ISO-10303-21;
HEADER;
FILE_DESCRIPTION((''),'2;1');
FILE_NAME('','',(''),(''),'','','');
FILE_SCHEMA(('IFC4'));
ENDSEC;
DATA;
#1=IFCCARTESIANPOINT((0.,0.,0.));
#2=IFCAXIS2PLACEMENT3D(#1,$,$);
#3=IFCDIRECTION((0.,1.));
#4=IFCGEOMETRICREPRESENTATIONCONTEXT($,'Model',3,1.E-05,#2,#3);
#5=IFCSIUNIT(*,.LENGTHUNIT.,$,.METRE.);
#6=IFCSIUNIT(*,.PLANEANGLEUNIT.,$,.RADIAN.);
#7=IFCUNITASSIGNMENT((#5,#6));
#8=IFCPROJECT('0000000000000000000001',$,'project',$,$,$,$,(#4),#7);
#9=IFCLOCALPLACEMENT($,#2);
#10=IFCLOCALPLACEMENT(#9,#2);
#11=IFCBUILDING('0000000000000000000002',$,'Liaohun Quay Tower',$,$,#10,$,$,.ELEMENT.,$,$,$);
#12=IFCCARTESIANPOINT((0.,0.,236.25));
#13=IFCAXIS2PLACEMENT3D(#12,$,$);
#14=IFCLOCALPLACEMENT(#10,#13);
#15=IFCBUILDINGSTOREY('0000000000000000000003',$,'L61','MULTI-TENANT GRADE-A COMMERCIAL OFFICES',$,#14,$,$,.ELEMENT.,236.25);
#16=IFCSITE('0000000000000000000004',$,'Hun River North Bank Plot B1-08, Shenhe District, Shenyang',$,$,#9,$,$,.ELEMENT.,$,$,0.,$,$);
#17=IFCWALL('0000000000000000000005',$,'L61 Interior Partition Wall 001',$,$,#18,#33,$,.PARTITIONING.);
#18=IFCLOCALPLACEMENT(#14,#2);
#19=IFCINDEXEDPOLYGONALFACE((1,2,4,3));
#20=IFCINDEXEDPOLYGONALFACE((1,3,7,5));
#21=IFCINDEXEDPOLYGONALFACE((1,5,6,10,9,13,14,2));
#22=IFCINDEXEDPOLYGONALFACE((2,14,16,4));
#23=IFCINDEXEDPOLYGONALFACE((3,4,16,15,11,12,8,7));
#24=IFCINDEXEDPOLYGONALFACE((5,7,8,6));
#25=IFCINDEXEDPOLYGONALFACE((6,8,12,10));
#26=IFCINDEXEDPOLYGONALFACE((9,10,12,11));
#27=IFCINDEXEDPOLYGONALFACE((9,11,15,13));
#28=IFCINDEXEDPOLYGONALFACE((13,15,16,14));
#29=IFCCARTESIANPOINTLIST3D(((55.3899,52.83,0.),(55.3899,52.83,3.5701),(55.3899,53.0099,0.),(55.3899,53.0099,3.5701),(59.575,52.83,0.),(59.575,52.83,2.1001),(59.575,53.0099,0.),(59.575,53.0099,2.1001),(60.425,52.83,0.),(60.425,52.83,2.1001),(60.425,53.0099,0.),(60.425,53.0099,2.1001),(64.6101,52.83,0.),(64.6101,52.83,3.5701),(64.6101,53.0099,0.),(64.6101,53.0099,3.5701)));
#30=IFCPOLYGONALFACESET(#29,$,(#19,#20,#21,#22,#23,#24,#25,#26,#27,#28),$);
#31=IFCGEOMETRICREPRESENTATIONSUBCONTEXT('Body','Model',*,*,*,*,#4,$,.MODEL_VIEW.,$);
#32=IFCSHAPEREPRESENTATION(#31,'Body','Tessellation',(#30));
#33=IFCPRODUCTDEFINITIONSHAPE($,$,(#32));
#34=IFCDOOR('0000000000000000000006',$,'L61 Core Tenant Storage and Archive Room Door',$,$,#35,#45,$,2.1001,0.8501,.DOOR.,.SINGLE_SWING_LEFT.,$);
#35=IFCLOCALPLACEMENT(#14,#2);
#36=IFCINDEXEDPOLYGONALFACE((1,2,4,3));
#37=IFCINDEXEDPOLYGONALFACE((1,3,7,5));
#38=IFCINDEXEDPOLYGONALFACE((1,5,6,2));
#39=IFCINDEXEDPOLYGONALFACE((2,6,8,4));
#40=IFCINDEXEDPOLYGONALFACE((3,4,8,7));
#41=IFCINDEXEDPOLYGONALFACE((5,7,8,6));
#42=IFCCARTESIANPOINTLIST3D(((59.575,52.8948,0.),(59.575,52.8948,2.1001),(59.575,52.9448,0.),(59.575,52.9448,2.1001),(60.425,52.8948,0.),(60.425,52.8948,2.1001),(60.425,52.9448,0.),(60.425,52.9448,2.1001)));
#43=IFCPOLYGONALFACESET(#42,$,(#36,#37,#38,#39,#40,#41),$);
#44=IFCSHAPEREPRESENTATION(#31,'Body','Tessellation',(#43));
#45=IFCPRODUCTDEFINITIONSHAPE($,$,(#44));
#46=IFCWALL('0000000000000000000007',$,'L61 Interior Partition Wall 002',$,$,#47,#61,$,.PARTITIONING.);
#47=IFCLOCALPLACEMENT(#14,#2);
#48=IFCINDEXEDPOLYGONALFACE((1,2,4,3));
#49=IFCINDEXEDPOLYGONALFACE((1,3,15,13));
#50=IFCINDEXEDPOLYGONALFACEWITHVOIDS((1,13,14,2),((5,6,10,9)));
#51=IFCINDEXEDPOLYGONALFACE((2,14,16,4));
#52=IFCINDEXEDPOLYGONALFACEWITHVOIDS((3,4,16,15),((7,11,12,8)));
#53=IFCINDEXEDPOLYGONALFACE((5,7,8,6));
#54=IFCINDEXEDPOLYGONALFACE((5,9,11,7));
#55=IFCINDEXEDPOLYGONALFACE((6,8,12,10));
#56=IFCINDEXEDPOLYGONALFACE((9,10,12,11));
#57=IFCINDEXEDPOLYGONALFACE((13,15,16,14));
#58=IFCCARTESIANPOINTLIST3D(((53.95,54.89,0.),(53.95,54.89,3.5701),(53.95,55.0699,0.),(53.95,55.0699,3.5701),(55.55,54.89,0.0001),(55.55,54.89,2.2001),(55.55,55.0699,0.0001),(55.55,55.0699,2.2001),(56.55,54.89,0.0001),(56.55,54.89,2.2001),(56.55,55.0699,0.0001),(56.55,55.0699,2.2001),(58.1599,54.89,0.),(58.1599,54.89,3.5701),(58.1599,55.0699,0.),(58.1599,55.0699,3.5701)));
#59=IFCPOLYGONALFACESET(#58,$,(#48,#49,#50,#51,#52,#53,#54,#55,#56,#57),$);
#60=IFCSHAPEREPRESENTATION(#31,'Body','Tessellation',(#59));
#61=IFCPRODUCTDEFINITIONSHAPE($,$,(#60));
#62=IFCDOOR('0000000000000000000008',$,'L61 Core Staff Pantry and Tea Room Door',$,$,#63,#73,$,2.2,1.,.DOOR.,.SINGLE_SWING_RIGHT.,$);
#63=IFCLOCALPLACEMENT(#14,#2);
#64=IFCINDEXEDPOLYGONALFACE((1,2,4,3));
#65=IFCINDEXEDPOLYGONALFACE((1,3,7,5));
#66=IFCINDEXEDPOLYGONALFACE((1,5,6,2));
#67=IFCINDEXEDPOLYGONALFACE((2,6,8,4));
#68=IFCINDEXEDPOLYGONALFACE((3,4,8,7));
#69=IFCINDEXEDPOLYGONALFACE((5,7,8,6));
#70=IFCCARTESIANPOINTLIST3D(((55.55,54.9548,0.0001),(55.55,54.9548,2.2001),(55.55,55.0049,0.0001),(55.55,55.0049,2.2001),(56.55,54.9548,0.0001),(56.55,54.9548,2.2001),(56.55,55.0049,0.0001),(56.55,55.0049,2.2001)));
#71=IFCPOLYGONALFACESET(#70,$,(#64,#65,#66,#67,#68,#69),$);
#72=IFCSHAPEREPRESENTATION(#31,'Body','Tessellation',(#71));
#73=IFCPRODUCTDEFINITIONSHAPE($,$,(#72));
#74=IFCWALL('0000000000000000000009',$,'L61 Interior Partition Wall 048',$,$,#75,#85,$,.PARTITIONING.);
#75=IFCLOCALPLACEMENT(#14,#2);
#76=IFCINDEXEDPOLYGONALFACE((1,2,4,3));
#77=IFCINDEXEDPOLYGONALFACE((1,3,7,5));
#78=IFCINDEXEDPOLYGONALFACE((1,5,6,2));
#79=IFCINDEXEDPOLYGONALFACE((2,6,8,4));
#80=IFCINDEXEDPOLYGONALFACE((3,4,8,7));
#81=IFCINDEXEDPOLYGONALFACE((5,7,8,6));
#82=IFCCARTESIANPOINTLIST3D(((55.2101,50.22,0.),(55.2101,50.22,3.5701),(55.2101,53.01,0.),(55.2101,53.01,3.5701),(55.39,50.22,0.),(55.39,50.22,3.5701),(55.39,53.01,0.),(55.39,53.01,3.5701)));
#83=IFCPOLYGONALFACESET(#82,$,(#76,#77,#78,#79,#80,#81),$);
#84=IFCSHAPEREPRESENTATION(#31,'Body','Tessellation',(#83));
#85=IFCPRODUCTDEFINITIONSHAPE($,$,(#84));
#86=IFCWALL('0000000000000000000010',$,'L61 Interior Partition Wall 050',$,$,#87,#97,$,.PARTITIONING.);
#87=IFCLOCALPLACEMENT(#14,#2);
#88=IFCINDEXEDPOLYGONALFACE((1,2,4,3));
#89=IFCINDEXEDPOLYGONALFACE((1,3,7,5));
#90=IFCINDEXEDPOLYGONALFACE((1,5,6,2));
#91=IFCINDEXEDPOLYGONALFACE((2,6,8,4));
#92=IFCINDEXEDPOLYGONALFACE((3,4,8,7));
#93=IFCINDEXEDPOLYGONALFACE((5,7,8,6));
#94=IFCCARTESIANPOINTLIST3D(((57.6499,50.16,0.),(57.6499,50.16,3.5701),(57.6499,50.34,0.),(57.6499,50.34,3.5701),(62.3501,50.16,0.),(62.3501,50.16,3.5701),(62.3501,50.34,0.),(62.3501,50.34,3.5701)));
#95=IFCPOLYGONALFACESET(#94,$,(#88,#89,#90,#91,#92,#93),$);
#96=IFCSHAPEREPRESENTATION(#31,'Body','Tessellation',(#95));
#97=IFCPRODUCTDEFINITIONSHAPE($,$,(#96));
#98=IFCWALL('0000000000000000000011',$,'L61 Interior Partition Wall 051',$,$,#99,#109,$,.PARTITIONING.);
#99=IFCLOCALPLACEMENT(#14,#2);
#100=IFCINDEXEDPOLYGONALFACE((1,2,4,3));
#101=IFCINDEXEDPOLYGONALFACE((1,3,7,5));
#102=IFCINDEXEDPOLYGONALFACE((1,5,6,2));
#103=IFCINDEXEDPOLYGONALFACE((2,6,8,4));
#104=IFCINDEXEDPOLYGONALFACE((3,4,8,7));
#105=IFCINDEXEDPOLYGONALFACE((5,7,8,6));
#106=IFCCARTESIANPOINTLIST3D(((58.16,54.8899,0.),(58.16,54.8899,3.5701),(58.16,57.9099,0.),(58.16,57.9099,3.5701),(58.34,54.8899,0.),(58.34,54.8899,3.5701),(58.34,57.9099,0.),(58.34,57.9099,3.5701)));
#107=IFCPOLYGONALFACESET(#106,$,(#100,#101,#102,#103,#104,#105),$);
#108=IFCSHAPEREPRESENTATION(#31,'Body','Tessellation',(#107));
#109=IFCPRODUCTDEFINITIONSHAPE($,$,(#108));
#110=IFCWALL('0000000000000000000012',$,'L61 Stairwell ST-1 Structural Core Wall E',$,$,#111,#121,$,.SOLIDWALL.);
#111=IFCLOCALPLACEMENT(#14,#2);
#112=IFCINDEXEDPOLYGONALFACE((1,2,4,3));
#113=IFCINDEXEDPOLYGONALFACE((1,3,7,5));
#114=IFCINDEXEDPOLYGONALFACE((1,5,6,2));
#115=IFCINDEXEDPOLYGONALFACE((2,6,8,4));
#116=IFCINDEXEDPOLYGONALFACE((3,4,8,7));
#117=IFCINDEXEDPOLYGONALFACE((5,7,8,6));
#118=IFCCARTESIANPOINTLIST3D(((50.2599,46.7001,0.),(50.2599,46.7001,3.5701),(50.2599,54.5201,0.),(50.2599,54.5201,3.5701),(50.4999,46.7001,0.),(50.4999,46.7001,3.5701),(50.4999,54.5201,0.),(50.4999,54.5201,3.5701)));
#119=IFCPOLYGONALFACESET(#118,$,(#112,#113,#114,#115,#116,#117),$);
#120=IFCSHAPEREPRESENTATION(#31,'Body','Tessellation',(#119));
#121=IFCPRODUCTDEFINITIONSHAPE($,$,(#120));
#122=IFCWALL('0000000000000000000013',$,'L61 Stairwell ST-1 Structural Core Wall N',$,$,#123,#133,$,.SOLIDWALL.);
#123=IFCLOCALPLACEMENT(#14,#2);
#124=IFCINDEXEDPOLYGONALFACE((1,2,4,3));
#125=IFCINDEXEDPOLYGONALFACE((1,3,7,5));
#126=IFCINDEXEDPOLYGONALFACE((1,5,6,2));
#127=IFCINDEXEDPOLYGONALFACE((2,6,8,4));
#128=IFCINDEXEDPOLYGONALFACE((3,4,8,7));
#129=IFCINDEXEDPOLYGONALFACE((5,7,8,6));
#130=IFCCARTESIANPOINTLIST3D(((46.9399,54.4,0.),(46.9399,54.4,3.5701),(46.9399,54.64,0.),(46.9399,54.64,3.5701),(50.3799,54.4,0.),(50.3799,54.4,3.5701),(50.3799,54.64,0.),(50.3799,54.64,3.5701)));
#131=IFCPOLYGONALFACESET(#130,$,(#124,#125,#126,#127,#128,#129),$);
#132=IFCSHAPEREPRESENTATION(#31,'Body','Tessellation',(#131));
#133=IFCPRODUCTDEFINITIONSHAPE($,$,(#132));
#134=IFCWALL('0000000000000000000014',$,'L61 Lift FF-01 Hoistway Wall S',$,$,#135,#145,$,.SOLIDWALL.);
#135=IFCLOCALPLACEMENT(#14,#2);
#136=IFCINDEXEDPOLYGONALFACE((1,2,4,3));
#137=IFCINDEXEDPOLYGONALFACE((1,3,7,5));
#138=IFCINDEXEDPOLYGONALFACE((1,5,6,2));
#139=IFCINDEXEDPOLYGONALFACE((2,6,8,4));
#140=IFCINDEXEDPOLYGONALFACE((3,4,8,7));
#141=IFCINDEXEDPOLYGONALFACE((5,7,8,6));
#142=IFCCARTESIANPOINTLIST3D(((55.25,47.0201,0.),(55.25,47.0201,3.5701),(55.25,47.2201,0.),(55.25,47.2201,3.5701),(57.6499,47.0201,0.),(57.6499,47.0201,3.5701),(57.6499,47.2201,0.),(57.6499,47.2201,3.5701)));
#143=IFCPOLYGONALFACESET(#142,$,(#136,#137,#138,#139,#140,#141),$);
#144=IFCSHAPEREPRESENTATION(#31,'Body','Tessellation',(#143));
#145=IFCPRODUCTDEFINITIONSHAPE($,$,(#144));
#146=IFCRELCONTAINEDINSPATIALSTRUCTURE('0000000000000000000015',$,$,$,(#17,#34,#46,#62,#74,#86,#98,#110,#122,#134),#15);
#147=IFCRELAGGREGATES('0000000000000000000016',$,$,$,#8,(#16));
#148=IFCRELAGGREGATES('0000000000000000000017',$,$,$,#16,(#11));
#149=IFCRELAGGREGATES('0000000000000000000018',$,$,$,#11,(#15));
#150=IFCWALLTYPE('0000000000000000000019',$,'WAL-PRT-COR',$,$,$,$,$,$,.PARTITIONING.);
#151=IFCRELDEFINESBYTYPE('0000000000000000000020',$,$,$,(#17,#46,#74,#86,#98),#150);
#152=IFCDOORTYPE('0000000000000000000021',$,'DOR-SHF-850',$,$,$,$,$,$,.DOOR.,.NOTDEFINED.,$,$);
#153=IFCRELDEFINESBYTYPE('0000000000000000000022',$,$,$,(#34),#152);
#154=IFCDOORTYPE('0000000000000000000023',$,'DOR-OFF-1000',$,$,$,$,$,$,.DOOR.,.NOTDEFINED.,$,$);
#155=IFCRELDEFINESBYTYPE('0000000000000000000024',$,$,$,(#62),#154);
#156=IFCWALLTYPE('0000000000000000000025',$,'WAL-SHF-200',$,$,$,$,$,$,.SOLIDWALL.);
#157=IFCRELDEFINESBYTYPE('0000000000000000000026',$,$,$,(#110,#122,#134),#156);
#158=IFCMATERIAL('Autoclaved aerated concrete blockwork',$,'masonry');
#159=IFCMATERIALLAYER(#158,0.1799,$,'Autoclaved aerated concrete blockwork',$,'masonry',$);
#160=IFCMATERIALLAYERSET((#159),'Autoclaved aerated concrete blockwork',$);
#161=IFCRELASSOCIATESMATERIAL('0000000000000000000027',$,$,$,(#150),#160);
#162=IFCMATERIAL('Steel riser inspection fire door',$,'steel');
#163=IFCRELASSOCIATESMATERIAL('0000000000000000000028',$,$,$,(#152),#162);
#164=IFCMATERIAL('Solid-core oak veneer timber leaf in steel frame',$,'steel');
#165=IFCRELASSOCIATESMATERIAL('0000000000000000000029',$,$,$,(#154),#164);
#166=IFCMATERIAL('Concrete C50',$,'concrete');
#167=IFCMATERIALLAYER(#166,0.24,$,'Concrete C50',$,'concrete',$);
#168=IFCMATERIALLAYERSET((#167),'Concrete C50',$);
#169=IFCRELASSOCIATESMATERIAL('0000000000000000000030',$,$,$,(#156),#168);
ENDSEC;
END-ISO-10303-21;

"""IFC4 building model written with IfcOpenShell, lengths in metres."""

from ifc_helpers import new_model, si_unit, direction, frame, frame_2d, origin, place, context, subcontext, project, spatial, rectangle, extrude, source, transform, mapped, material, layer, layer_set, type_object, element, fill, save


model = new_model("IFC4")

# Units and contexts
model_context = context("Model", 3, precision=1e-05, world=origin(), true_north=direction((0.0, 1.0)))
body_context = subcontext(model_context, "Body", "Model", "MODEL_VIEW")
ifc_project = project(units=[si_unit("LENGTHUNIT", "METRE"), si_unit("PLANEANGLEUNIT", "RADIAN")], contexts=[model_context])

# Site, building, storey
site_placement = place(None, origin())
site = spatial("IfcSite", under=ifc_project, at=site_placement, Name="Hun River North Bank Plot B1-08, Shenhe District, Shenyang", CompositionType="ELEMENT", RefElevation=0.0)
building_placement = place(site_placement, origin())
building = spatial("IfcBuilding", under=site, at=building_placement, Name="Liaohun Quay Tower", CompositionType="ELEMENT")
storey_placement = place(building_placement, frame((0.0, 0.0, 236.25)))
storey = spatial("IfcBuildingStorey", under=building, at=storey_placement, Name="L61", Description="MULTI-TENANT GRADE-A COMMERCIAL OFFICES", CompositionType="ELEMENT", Elevation=236.25)

# Shared definitions
ifc_material_1 = material(Name="Concrete C50", Category="concrete")

# Walls, openings, doors
ifc_material_2 = material(Name="Autoclaved aerated concrete blockwork", Category="masonry")
ifc_layer_1 = layer(ifc_material_2, 0.1799, Name="Autoclaved aerated concrete blockwork", Category="masonry")
ifc_layer_set_1 = layer_set([ifc_layer_1], Name="Autoclaved aerated concrete blockwork")
wall_type_1 = type_object("IfcWallType", Name="WAL-PRT-COR", PredefinedType="PARTITIONING", material=ifc_layer_set_1)
wall_1_placement = place(storey_placement, frame((55.3899, 52.9199, 0.0), z_axis=(0.0, 0.0, 1.0), x_axis=(1.0, 0.0, 0.0)))
wall_1 = element("IfcWall", 1, at=wall_1_placement, inside=storey, type_object=wall_type_1, Name="L61 Interior Partition Wall 001", PredefinedType="PARTITIONING", context=body_context, shape_type="SweptSolid", body=[
    extrude(rectangle(XDim=9.2202, YDim=0.1799, at=frame_2d((4.6101, 0.0))), origin(), (0.0, 0.0, 1.0), 3.5701),
])
shared_shape_1 = source(origin(), body_context, "Body", "SweptSolid", [
    extrude(rectangle(XDim=0.8501, YDim=2.1001, at=frame_2d((0.425, 1.05))), frame((0.0, 0.0999, 0.0), z_axis=(0.0, -1.0, 0.0), x_axis=(1.0, 0.0, 0.0)), (0.0, 0.0, 1.0), 0.2),
])
opening_1_placement = place(wall_1_placement, frame((4.1851, 0.0, 0.0)))
opening_1 = element("IfcOpeningElement", 2, at=opening_1_placement, cuts=wall_1, PredefinedType="OPENING", context=body_context, shape_type="MappedRepresentation", body=[
    mapped(shared_shape_1, transform((0.0, 0.0, 0.0), x_axis=(1.0, 0.0, 0.0), y_axis=(0.0, 1.0, 0.0), z_axis=(0.0, 0.0, 1.0), scale=1.0)),
])
ifc_material_3 = material(Name="Steel riser inspection fire door", Category="steel")
door_type_1 = type_object("IfcDoorType", Name="DOR-SHF-850", OperationType="NOTDEFINED", PredefinedType="DOOR", material=ifc_material_3)
shared_shape_2 = source(origin(), body_context, "Body", "SweptSolid", [
    extrude(rectangle(XDim=0.8501, YDim=2.1001, at=frame_2d((0.425, 1.05))), frame((0.0, 0.0249, 0.0), z_axis=(0.0, -1.0, 0.0), x_axis=(1.0, 0.0, 0.0)), (0.0, 0.0, 1.0), 0.05),
])
door_1_placement = place(opening_1_placement, origin())
door_1 = element("IfcDoor", 3, at=door_1_placement, inside=storey, type_object=door_type_1, Name="L61 Core Tenant Storage and Archive Room Door", OperationType="SINGLE_SWING_LEFT", OverallHeight=2.1001, OverallWidth=0.8501, PredefinedType="DOOR", context=body_context, shape_type="MappedRepresentation", body=[
    mapped(shared_shape_2, transform((0.0, 0.0, 0.0), x_axis=(1.0, 0.0, 0.0), y_axis=(0.0, 1.0, 0.0), z_axis=(0.0, 0.0, 1.0), scale=1.0)),
])
fill(opening_1, door_1)
wall_2_placement = place(storey_placement, frame((53.95, 54.98, 0.0), z_axis=(0.0, 0.0, 1.0), x_axis=(1.0, 0.0, 0.0)))
wall_2 = element("IfcWall", 4, at=wall_2_placement, inside=storey, type_object=wall_type_1, Name="L61 Interior Partition Wall 002", PredefinedType="PARTITIONING", context=body_context, shape_type="SweptSolid", body=[
    extrude(rectangle(XDim=4.21, YDim=0.1799, at=frame_2d((2.105, 0.0))), origin(), (0.0, 0.0, 1.0), 3.5701),
])
shared_shape_3 = source(origin(), body_context, "Body", "SweptSolid", [
    extrude(rectangle(XDim=1.0, YDim=2.2, at=frame_2d((0.5, 1.1001))), frame((0.0, 0.0999, 0.0), z_axis=(0.0, -1.0, 0.0), x_axis=(1.0, 0.0, 0.0)), (0.0, 0.0, 1.0), 0.2),
])
opening_2_placement = place(wall_2_placement, frame((1.6001, 0.0, 0.0)))
opening_2 = element("IfcOpeningElement", 5, at=opening_2_placement, cuts=wall_2, PredefinedType="OPENING", context=body_context, shape_type="MappedRepresentation", body=[
    mapped(shared_shape_3, transform((0.0, 0.0, 0.0), x_axis=(1.0, 0.0, 0.0), y_axis=(0.0, 1.0, 0.0), z_axis=(0.0, 0.0, 1.0), scale=1.0)),
])
ifc_material_4 = material(Name="Solid-core oak veneer timber leaf in steel frame", Category="steel")
door_type_2 = type_object("IfcDoorType", Name="DOR-OFF-1000", OperationType="NOTDEFINED", PredefinedType="DOOR", material=ifc_material_4)
shared_shape_4 = source(origin(), body_context, "Body", "SweptSolid", [
    extrude(rectangle(XDim=1.0, YDim=2.2, at=frame_2d((0.5, 1.1001))), frame((0.0, 0.0249, 0.0), z_axis=(0.0, -1.0, 0.0), x_axis=(1.0, 0.0, 0.0)), (0.0, 0.0, 1.0), 0.05),
])
door_2_placement = place(opening_2_placement, origin())
door_2 = element("IfcDoor", 6, at=door_2_placement, inside=storey, type_object=door_type_2, Name="L61 Core Staff Pantry and Tea Room Door", OperationType="SINGLE_SWING_RIGHT", OverallHeight=2.2, OverallWidth=1.0, PredefinedType="DOOR", context=body_context, shape_type="MappedRepresentation", body=[
    mapped(shared_shape_4, transform((0.0, 0.0, 0.0), x_axis=(1.0, 0.0, 0.0), y_axis=(0.0, 1.0, 0.0), z_axis=(0.0, 0.0, 1.0), scale=1.0)),
])
fill(opening_2, door_2)

# Walls
wall_3_placement = place(storey_placement, frame((55.3, 50.22, 0.0), z_axis=(0.0, 0.0, 1.0), x_axis=(0.0, 1.0, 0.0)))
element("IfcWall", 7, at=wall_3_placement, inside=storey, type_object=wall_type_1, Name="L61 Interior Partition Wall 048", PredefinedType="PARTITIONING", context=body_context, shape_type="SweptSolid", body=[
    extrude(rectangle(XDim=2.79, YDim=0.1799, at=frame_2d((1.395, 0.0))), origin(), (0.0, 0.0, 1.0), 3.5701),
])
wall_4_placement = place(storey_placement, frame((57.6499, 50.25, 0.0), z_axis=(0.0, 0.0, 1.0), x_axis=(1.0, 0.0, 0.0)))
element("IfcWall", 8, at=wall_4_placement, inside=storey, type_object=wall_type_1, Name="L61 Interior Partition Wall 050", PredefinedType="PARTITIONING", context=body_context, shape_type="SweptSolid", body=[
    extrude(rectangle(XDim=4.7002, YDim=0.1799, at=frame_2d((2.3501, 0.0))), origin(), (0.0, 0.0, 1.0), 3.5701),
])
wall_5_placement = place(storey_placement, frame((58.25, 54.8899, 0.0), z_axis=(0.0, 0.0, 1.0), x_axis=(0.0, 1.0, 0.0)))
element("IfcWall", 9, at=wall_5_placement, inside=storey, type_object=wall_type_1, Name="L61 Interior Partition Wall 051", PredefinedType="PARTITIONING", context=body_context, shape_type="SweptSolid", body=[
    extrude(rectangle(XDim=3.02, YDim=0.1799, at=frame_2d((1.51, 0.0))), origin(), (0.0, 0.0, 1.0), 3.5701),
])
ifc_layer_2 = layer(ifc_material_1, 0.24, Name="Concrete C50", Category="concrete")
ifc_layer_set_2 = layer_set([ifc_layer_2], Name="Concrete C50")
wall_type_2 = type_object("IfcWallType", Name="WAL-SHF-200", PredefinedType="SOLIDWALL", material=ifc_layer_set_2)
wall_6_placement = place(storey_placement, frame((50.3799, 46.7, 0.0), z_axis=(0.0, 0.0, 1.0), x_axis=(0.0, 1.0, 0.0)))
element("IfcWall", 10, at=wall_6_placement, inside=storey, type_object=wall_type_2, Name="L61 Stairwell ST-1 Structural Core Wall E", PredefinedType="SOLIDWALL", context=body_context, shape_type="SweptSolid", body=[
    extrude(rectangle(XDim=7.8201, YDim=0.24, at=frame_2d((3.9102, 0.0))), origin(), (0.0, 0.0, 1.0), 3.5701),
])
wall_7_placement = place(storey_placement, frame((50.3799, 54.52, 0.0), z_axis=(0.0, 0.0, 1.0), x_axis=(-1.0, 0.0, 0.0)))
element("IfcWall", 11, at=wall_7_placement, inside=storey, type_object=wall_type_2, Name="L61 Stairwell ST-1 Structural Core Wall N", PredefinedType="SOLIDWALL", context=body_context, shape_type="SweptSolid", body=[
    extrude(rectangle(XDim=3.4399, YDim=0.24, at=frame_2d((1.72, 0.0))), origin(), (0.0, 0.0, 1.0), 3.5701),
])
wall_8_placement = place(storey_placement, frame((55.25, 47.1201, 0.0), z_axis=(0.0, 0.0, 1.0), x_axis=(1.0, 0.0, 0.0)))
element("IfcWall", 12, at=wall_8_placement, inside=storey, type_object=wall_type_2, Name="L61 Lift FF-01 Hoistway Wall S", PredefinedType="SOLIDWALL", context=body_context, shape_type="SweptSolid", body=[
    extrude(rectangle(XDim=2.3999, YDim=0.2, at=frame_2d((1.2, 0.0))), origin(), (0.0, 0.0, 1.0), 3.5701),
])

save(model, "model.ifc")
